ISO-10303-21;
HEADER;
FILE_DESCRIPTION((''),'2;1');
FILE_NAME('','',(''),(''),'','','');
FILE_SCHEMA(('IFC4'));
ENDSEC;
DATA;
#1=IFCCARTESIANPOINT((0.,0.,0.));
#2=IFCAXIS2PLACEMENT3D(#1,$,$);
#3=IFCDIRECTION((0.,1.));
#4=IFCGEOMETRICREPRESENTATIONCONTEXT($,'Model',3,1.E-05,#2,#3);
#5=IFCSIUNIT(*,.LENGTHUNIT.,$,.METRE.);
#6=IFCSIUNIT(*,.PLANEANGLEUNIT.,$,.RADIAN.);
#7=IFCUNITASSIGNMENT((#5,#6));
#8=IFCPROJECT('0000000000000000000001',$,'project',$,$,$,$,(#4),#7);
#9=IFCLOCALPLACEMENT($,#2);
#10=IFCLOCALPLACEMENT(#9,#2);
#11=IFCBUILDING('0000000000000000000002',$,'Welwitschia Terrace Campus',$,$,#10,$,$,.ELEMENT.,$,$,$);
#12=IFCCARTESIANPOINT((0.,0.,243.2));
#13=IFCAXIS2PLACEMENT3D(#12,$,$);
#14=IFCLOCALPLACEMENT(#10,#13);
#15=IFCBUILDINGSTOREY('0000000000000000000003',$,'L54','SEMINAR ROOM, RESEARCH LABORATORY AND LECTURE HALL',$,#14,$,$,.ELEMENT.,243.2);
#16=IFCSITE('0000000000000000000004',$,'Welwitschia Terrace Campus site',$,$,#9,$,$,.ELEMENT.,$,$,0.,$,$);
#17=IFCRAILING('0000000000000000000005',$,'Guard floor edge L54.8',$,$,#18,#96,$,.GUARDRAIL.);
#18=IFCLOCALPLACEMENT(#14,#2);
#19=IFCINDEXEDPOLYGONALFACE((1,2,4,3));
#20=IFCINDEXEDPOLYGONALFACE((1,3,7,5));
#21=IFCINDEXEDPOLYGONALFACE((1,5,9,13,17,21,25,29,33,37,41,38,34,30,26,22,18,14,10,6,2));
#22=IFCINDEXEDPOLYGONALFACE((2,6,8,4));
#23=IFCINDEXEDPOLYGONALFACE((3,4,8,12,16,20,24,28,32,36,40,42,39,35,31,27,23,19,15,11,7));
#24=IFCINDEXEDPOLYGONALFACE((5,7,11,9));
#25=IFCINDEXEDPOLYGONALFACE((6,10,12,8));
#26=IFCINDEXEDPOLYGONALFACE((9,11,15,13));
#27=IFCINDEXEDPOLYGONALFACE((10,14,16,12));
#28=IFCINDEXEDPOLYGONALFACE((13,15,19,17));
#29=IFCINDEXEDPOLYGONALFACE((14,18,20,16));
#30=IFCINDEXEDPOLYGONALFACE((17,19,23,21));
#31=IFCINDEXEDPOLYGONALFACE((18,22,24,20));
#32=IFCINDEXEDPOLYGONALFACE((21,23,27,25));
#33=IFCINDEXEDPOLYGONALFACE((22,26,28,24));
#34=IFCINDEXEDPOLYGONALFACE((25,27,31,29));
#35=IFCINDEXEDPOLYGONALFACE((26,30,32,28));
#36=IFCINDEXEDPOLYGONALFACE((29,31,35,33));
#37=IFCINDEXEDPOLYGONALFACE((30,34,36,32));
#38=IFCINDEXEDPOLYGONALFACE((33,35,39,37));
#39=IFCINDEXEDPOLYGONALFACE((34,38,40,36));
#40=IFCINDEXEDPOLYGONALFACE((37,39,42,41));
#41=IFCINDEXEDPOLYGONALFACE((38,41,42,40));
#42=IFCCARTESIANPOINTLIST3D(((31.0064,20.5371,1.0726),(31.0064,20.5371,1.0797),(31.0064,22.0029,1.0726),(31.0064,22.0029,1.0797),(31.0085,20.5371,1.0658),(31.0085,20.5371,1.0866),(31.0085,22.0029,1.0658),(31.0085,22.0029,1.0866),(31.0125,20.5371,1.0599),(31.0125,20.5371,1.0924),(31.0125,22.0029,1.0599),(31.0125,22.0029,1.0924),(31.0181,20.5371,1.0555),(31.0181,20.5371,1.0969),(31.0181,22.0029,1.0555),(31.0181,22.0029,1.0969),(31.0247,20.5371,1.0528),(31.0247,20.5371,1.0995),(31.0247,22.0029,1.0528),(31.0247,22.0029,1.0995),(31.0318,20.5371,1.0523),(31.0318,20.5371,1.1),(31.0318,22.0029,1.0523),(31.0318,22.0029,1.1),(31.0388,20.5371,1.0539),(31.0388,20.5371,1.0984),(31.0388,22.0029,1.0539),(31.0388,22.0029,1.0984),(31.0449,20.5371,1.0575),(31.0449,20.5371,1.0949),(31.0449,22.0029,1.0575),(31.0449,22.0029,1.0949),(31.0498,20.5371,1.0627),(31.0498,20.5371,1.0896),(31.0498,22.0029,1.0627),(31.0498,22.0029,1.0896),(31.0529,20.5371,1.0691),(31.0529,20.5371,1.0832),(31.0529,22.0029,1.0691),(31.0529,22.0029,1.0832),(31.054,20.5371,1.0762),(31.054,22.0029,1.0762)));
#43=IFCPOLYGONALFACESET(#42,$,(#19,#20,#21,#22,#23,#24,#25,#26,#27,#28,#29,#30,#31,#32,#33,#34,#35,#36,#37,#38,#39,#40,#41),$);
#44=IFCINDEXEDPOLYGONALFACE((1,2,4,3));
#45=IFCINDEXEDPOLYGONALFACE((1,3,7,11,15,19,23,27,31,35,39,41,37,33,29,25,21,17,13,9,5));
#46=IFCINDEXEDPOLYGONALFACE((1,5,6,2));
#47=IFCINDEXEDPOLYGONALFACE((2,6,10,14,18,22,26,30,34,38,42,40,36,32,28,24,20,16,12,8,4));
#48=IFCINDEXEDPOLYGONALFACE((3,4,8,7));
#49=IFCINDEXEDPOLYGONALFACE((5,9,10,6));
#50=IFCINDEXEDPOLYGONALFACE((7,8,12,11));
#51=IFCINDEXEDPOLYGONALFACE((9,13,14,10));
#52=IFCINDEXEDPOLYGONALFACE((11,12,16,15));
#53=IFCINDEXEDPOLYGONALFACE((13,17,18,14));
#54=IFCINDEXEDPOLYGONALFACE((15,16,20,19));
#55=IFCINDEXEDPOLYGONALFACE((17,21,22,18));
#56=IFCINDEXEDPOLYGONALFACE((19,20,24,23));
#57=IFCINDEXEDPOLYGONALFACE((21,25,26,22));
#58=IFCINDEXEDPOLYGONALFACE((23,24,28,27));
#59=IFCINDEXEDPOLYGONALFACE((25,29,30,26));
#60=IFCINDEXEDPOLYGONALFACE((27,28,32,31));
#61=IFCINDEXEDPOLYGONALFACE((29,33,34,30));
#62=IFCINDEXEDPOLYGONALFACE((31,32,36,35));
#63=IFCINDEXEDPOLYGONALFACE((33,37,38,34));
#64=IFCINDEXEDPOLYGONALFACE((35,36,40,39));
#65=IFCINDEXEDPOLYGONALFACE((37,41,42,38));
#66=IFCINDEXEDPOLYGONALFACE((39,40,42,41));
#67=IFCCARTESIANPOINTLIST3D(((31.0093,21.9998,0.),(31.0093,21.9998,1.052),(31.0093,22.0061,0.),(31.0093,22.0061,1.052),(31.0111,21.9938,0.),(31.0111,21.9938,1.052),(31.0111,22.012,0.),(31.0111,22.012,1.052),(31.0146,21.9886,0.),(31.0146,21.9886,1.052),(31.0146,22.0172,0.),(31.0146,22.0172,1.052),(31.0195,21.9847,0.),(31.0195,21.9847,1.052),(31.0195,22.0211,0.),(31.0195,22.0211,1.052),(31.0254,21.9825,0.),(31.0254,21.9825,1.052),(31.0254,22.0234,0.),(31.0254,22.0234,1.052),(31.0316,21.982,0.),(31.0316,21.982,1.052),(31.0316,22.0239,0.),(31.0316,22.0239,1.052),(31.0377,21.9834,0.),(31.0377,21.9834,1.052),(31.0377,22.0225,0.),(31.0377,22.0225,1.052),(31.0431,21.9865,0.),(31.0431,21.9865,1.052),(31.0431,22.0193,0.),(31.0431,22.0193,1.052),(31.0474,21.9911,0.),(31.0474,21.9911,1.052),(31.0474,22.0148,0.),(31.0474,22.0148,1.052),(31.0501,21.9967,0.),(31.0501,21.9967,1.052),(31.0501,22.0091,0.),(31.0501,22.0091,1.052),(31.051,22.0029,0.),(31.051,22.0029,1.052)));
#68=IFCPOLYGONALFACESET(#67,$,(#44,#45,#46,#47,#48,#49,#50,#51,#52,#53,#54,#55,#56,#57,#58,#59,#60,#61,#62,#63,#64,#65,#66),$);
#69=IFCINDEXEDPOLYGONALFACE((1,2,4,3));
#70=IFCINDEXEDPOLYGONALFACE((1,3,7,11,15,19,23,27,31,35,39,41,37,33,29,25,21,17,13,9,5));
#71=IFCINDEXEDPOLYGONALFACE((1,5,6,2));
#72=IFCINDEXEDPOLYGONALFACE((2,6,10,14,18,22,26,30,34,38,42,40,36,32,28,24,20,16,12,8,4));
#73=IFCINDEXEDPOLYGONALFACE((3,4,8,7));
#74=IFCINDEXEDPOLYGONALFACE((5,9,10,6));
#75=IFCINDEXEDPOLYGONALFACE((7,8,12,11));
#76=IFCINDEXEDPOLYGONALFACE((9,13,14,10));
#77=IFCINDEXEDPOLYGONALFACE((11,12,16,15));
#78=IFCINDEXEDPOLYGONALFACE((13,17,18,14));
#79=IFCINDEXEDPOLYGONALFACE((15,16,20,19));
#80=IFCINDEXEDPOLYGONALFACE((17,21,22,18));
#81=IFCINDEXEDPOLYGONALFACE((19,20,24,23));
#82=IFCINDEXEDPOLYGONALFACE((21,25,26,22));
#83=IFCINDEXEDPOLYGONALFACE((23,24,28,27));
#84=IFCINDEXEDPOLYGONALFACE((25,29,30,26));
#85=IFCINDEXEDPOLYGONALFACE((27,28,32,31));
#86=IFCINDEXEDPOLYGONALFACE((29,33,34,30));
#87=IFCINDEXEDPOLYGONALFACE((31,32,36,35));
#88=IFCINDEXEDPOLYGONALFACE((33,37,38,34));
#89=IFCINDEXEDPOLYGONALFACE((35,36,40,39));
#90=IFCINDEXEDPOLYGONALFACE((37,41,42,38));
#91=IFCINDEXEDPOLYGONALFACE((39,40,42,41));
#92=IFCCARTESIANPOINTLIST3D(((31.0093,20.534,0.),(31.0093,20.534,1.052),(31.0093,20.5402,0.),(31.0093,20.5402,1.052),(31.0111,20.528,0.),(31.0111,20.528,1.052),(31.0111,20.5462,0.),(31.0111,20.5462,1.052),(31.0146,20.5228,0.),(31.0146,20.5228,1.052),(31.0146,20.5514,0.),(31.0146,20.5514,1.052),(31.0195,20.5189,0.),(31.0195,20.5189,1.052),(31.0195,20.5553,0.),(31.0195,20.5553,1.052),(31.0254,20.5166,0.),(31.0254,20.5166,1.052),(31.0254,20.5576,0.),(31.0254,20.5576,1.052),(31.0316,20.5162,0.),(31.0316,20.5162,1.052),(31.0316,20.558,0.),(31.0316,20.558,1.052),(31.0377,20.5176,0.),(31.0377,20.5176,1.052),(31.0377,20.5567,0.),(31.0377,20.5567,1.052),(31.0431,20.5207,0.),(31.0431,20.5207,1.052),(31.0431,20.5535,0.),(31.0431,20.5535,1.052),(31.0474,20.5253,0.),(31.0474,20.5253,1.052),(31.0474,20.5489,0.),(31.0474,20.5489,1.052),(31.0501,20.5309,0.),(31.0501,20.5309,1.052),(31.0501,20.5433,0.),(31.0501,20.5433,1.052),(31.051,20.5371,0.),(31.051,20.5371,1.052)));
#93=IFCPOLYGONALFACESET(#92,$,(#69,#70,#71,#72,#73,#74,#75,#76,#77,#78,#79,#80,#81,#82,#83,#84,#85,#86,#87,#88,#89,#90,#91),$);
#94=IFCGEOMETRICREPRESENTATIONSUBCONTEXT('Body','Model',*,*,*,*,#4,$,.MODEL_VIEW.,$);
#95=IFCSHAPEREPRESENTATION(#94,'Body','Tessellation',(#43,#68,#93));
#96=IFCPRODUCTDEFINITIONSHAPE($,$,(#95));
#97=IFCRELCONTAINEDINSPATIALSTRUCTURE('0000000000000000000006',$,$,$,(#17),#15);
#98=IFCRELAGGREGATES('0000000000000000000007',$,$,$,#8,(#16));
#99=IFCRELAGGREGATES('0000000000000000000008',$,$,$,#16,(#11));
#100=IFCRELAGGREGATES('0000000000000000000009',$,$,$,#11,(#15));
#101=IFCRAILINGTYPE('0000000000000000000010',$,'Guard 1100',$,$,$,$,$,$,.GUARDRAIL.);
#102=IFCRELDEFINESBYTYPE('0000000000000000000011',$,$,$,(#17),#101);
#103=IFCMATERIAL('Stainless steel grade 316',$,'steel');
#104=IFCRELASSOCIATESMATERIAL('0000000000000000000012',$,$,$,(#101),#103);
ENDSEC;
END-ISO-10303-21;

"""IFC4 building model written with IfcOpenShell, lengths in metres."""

from ifc_helpers import new_model, si_unit, direction, frame, origin, origin_2d, place, context, subcontext, project, spatial, circle, extrude, material, type_object, element, save


model = new_model("IFC4")

# Units and contexts
model_context = context("Model", 3, precision=1e-05, world=origin(), true_north=direction((0.0, 1.0)))
body_context = subcontext(model_context, "Body", "Model", "MODEL_VIEW")
ifc_project = project(units=[si_unit("LENGTHUNIT", "METRE"), si_unit("PLANEANGLEUNIT", "RADIAN")], contexts=[model_context])

# Site, building, storey
site_placement = place(None, origin())
site = spatial("IfcSite", under=ifc_project, at=site_placement, Name="Welwitschia Terrace Campus site", CompositionType="ELEMENT", RefElevation=0.0)
building_placement = place(site_placement, origin())
building = spatial("IfcBuilding", under=site, at=building_placement, Name="Welwitschia Terrace Campus", CompositionType="ELEMENT")
storey_placement = place(building_placement, frame((0.0, 0.0, 243.2)))
storey = spatial("IfcBuildingStorey", under=building, at=storey_placement, Name="L54", Description="SEMINAR ROOM, RESEARCH LABORATORY AND LECTURE HALL", CompositionType="ELEMENT", Elevation=243.2)

# Railing
ifc_material_1 = material(Name="Stainless steel grade 316", Category="steel")
railing_type = type_object("IfcRailingType", Name="Guard 1100", PredefinedType="GUARDRAIL", material=ifc_material_1)
railing_1_placement = place(storey_placement, frame((31.03, 22.0029, 0.0)))
element("IfcRailing", 1, at=railing_1_placement, inside=storey, type_object=railing_type, Name="Guard floor edge L54.8", PredefinedType="GUARDRAIL", context=body_context, shape_type="SweptSolid", body=[
    extrude(circle(Radius=0.0239, at=origin_2d()), frame((0.0, 0.0, 1.0762), z_axis=(0.0, -1.0, 0.0), x_axis=(1.0, 0.0, 0.0)), (0.0, 0.0, 1.0), 1.4658),
    extrude(circle(Radius=0.021, at=origin_2d()), origin(), (0.0, 0.0, 1.0), 1.052),
    extrude(circle(Radius=0.021, at=origin_2d()), frame((0.0, -1.4658, 0.0)), (0.0, 0.0, 1.0), 1.052),
])

save(model, "model.ifc")
